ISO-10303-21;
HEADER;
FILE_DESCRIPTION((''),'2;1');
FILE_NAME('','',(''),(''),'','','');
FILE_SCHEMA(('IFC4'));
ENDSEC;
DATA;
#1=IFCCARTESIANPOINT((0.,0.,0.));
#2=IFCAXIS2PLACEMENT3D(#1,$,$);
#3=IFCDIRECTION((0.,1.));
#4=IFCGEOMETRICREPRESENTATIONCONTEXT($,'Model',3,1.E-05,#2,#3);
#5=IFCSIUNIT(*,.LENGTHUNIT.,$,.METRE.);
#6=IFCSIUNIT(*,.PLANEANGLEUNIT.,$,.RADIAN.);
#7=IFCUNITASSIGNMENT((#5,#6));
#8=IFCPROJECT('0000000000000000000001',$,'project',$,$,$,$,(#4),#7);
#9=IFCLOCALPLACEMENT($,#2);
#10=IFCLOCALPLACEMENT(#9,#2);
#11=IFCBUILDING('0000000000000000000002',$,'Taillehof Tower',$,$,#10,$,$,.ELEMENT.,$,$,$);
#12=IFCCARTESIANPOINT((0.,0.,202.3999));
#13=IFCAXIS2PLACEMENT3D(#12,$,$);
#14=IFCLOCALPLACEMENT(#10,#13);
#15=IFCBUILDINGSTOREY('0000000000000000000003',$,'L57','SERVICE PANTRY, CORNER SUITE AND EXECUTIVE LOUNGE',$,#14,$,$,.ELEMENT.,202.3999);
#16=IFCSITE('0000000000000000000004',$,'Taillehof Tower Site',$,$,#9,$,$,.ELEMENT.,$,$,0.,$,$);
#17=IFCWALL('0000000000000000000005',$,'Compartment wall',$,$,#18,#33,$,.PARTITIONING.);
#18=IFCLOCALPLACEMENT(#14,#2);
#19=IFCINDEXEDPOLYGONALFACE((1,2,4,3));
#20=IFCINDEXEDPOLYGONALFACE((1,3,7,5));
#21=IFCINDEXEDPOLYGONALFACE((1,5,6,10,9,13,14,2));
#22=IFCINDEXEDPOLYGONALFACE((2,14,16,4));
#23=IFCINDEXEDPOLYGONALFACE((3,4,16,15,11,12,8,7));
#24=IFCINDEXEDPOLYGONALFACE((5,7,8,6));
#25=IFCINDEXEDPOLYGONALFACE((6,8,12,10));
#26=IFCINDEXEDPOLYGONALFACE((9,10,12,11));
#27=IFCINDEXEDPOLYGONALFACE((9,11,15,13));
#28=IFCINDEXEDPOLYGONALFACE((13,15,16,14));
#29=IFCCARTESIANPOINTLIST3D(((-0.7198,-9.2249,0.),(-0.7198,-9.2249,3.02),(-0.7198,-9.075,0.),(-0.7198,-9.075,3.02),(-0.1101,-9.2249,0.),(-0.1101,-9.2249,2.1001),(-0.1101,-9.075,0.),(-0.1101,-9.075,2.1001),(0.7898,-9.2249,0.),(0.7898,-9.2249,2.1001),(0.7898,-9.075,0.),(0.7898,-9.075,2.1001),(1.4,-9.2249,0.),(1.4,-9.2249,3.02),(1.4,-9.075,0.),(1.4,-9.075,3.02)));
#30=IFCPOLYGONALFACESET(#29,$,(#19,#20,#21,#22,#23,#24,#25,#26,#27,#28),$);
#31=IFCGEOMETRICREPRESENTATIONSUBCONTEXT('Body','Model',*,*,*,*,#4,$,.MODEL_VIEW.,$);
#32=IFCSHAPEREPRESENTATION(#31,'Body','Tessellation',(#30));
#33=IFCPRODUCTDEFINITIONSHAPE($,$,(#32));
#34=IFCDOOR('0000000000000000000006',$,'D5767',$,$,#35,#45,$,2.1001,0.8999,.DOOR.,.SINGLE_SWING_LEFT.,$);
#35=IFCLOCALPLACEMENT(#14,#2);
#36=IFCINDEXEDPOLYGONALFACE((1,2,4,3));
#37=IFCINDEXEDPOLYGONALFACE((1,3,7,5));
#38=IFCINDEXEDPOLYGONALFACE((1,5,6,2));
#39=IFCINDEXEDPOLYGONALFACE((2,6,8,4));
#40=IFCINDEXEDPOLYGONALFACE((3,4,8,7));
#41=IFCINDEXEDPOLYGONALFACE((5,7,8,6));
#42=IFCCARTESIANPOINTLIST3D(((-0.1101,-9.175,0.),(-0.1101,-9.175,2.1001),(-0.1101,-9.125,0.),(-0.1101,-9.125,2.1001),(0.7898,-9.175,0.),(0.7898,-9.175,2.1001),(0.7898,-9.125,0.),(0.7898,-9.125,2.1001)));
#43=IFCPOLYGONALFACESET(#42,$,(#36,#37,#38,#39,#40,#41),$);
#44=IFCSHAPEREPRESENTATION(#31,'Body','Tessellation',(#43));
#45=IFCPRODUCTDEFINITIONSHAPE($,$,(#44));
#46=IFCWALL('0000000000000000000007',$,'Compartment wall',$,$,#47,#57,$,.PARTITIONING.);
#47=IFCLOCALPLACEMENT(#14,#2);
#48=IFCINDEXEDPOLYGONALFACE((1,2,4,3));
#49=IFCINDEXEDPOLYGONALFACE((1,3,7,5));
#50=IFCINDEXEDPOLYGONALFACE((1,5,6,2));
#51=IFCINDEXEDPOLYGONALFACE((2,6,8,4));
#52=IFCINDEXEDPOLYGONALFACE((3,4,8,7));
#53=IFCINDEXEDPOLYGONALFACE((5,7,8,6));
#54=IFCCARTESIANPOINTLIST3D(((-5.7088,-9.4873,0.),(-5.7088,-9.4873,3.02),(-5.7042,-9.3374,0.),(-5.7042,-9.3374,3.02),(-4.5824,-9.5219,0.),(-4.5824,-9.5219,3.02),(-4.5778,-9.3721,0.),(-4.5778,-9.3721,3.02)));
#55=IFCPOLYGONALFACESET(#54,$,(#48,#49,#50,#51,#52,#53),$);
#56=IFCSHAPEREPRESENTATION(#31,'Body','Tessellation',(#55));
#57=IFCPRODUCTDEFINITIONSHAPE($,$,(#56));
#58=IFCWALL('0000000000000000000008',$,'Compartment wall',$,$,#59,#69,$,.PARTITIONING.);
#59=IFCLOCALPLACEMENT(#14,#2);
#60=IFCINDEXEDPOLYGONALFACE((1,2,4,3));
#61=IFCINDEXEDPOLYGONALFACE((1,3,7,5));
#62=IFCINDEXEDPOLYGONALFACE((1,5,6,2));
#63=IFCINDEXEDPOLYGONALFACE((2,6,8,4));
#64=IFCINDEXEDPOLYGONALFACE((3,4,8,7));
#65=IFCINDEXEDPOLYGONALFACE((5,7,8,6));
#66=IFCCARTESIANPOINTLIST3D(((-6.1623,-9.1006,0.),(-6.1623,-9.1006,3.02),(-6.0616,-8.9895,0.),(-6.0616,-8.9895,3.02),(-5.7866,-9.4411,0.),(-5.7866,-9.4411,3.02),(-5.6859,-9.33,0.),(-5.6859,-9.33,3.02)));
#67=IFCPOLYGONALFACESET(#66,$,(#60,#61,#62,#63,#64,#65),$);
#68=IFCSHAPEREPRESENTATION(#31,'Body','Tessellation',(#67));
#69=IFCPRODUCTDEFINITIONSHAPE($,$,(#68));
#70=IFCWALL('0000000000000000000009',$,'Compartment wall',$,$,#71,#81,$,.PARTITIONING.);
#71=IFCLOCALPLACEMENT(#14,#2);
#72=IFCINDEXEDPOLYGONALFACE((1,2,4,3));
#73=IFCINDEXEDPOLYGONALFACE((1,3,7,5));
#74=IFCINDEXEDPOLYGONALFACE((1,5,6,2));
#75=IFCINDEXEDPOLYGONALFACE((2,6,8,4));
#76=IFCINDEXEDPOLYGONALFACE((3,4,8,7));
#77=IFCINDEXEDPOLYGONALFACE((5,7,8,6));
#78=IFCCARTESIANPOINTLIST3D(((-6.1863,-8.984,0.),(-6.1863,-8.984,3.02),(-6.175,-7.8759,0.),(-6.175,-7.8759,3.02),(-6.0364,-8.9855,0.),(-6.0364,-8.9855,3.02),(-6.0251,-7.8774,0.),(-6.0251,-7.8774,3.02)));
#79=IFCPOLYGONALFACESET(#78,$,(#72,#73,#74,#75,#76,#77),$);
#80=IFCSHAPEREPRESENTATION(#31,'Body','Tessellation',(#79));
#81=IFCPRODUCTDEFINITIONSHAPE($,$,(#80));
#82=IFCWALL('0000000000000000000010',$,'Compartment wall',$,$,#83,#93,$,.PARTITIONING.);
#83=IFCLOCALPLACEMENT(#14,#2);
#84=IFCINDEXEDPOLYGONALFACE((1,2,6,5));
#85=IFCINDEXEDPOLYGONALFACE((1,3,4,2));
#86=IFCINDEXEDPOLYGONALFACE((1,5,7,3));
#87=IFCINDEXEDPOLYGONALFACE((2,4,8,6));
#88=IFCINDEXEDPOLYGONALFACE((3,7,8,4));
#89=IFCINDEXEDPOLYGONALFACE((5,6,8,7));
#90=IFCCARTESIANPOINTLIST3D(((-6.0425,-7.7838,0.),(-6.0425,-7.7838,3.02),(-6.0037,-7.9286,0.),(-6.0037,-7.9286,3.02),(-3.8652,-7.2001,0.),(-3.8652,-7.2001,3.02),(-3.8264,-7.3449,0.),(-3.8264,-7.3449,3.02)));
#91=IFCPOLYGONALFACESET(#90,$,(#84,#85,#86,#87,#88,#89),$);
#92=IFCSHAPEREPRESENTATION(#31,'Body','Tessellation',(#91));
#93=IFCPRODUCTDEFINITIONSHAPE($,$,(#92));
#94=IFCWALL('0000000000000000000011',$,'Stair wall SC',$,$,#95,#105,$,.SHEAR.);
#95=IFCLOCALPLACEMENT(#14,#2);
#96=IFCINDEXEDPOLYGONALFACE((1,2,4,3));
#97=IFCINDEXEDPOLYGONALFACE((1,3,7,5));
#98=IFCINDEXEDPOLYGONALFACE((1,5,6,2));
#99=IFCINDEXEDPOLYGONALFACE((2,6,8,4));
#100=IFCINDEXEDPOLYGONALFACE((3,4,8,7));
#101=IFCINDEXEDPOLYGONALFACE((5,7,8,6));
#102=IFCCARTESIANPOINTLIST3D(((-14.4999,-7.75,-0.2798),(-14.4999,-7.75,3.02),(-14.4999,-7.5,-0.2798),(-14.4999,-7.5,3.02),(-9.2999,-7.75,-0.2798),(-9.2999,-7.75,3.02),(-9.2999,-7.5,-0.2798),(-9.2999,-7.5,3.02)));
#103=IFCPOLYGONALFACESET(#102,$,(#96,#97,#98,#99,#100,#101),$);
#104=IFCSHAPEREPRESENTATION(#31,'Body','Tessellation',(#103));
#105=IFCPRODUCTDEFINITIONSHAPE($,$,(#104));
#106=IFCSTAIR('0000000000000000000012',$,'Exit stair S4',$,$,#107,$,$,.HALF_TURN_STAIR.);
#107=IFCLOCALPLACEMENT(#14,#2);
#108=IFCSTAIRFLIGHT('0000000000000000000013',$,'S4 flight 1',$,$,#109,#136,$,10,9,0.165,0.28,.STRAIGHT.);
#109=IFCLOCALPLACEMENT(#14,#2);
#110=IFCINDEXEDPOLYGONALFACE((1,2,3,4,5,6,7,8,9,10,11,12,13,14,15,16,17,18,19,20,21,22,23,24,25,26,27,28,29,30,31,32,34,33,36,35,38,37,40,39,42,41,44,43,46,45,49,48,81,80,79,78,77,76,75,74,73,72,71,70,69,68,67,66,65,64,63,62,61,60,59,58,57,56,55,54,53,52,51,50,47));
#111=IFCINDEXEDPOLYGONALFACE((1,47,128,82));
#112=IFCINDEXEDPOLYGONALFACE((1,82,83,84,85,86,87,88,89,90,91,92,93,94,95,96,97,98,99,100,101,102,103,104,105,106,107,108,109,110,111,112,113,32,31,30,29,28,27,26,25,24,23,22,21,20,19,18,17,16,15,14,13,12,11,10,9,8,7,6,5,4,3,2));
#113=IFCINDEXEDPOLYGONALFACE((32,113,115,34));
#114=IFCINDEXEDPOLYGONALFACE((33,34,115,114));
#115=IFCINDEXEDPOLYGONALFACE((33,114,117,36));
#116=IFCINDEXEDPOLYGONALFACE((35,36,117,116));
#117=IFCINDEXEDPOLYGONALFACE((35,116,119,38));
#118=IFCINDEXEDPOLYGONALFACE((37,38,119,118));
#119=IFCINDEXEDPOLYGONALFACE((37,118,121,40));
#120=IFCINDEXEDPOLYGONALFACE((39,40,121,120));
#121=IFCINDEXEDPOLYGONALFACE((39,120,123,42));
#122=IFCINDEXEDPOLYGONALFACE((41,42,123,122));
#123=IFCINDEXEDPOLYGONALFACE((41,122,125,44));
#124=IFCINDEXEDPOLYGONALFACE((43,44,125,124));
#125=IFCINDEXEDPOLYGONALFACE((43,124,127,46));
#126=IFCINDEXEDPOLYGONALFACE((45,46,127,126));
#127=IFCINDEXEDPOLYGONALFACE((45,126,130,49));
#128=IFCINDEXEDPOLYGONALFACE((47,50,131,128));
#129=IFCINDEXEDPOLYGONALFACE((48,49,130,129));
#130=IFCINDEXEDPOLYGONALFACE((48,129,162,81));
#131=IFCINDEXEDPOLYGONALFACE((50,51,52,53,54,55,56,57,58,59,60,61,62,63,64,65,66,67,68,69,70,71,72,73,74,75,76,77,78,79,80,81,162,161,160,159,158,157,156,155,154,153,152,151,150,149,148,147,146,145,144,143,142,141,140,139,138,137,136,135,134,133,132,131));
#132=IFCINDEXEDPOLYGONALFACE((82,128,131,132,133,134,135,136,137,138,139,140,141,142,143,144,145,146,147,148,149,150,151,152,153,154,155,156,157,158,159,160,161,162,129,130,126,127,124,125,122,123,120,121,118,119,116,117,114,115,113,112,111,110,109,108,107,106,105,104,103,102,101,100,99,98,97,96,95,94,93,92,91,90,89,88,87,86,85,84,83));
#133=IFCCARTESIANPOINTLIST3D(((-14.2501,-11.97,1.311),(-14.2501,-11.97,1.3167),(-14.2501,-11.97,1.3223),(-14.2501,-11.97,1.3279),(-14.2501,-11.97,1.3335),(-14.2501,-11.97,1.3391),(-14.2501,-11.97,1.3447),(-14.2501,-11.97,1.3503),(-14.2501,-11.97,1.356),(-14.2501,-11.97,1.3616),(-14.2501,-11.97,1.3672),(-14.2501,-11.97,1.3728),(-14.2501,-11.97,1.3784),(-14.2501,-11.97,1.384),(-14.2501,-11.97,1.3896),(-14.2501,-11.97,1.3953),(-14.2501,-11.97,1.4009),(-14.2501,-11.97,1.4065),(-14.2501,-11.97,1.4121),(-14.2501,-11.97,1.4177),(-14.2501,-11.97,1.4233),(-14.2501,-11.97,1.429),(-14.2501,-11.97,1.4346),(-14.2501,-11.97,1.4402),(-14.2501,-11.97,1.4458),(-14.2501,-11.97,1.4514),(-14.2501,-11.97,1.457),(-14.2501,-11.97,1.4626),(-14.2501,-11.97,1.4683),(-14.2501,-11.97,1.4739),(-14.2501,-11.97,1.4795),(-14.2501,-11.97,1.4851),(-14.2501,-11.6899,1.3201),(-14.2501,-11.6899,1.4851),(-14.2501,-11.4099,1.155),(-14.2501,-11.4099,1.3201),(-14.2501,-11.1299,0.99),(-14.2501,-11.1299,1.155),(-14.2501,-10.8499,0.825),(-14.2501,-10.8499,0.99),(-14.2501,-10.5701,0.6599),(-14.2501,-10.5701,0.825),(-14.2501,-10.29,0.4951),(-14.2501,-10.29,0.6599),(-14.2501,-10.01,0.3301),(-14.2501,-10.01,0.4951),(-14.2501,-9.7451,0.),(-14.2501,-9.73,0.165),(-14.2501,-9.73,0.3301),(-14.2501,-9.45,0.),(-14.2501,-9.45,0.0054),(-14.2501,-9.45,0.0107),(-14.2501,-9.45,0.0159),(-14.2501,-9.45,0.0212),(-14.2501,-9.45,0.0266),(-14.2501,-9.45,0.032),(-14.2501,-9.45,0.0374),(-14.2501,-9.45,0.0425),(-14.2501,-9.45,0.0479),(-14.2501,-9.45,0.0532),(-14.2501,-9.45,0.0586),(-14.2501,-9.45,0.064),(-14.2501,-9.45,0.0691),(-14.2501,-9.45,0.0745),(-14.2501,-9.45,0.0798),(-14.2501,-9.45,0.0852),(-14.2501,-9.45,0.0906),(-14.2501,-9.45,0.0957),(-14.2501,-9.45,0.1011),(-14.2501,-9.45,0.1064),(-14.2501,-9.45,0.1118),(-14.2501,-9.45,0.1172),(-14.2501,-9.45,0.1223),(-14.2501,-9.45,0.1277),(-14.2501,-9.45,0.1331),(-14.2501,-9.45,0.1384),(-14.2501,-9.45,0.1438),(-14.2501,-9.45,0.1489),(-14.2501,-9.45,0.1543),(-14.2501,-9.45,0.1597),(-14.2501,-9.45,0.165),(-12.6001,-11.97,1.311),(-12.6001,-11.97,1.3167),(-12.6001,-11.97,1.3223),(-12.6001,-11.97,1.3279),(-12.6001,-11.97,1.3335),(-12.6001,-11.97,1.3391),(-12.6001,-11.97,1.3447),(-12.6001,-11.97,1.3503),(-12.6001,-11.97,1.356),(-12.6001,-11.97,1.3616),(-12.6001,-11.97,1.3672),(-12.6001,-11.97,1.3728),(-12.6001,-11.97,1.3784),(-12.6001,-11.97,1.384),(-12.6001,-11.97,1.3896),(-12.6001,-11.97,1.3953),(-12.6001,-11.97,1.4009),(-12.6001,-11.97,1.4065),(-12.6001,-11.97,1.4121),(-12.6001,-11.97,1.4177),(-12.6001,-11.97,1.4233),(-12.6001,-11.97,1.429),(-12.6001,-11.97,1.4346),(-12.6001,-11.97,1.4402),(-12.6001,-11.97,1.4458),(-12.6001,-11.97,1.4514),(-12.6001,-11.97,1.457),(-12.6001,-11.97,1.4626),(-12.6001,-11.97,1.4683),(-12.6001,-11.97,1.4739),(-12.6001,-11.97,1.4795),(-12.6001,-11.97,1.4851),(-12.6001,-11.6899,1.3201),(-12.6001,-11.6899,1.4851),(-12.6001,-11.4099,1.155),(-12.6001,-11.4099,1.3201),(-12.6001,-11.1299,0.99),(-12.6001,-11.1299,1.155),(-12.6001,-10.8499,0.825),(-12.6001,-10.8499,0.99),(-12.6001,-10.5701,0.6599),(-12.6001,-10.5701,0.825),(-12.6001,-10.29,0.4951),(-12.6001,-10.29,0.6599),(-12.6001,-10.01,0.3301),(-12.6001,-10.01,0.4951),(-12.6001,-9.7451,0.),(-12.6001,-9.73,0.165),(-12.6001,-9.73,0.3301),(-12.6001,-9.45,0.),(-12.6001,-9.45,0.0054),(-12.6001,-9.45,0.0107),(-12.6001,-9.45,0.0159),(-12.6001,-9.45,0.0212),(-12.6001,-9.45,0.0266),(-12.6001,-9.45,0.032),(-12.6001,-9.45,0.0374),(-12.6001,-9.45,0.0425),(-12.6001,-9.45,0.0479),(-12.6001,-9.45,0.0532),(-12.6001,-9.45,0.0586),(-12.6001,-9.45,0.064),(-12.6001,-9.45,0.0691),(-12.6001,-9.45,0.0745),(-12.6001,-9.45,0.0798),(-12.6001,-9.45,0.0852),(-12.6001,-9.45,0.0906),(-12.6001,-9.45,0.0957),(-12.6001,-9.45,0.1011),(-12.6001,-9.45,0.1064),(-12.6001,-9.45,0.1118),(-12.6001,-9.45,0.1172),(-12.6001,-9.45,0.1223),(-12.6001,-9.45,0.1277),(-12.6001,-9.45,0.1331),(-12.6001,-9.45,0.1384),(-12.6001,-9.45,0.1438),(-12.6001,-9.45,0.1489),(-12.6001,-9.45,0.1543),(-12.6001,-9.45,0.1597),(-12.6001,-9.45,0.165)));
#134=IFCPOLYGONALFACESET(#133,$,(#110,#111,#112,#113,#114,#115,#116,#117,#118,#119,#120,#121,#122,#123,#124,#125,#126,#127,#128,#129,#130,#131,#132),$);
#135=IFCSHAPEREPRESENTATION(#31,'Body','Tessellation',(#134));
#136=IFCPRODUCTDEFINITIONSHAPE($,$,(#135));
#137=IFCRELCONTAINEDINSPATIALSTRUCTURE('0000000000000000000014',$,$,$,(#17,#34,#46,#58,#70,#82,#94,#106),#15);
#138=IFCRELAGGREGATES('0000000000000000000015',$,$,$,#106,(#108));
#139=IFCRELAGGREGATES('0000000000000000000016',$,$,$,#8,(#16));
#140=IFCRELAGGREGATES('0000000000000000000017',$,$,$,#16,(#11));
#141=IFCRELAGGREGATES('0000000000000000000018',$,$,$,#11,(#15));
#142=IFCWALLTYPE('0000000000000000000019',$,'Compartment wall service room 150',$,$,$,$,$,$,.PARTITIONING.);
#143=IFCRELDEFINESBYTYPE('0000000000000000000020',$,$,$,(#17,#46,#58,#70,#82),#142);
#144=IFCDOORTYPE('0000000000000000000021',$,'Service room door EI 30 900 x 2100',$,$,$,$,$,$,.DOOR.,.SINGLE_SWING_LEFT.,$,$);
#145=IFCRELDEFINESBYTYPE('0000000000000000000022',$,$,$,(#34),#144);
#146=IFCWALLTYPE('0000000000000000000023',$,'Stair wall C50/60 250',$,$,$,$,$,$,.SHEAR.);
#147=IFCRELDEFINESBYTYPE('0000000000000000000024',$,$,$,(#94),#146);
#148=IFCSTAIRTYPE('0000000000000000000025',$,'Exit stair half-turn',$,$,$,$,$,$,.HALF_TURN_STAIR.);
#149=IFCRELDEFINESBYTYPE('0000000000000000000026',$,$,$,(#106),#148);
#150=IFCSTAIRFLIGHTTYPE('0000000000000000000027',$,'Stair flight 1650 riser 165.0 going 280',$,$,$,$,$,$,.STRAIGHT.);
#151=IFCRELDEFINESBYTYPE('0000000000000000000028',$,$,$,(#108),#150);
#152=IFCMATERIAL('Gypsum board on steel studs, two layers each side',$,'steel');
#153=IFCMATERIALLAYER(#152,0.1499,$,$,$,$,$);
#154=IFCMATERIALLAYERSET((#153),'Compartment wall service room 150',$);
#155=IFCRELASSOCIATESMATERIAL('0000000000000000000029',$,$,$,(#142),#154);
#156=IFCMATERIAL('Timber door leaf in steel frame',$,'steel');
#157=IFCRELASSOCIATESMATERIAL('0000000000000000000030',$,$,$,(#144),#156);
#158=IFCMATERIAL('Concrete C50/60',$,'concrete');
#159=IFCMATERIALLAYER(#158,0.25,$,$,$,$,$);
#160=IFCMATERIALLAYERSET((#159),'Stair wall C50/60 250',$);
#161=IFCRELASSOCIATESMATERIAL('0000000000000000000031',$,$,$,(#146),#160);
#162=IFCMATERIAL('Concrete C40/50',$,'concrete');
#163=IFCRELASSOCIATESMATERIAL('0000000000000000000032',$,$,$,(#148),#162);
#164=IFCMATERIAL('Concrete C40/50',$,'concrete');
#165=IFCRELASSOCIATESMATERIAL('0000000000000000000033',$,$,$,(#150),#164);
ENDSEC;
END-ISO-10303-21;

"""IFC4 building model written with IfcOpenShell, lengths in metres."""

from ifc_helpers import new_model, si_unit, direction, frame, frame_2d, origin, place, context, subcontext, project, spatial, polyline, rectangle, outline, extrude, material, layer, layer_set, type_object, element, fill, aggregate, save


model = new_model("IFC4")

# Units and contexts
model_context = context("Model", 3, precision=1e-05, world=origin(), true_north=direction((0.0, 1.0)))
body_context = subcontext(model_context, "Body", "Model", "MODEL_VIEW")
ifc_project = project(units=[si_unit("LENGTHUNIT", "METRE"), si_unit("PLANEANGLEUNIT", "RADIAN")], contexts=[model_context])

# Site, building, storey
site_placement = place(None, origin())
site = spatial("IfcSite", under=ifc_project, at=site_placement, Name="Taillehof Tower Site", CompositionType="ELEMENT", RefElevation=0.0)
building_placement = place(site_placement, origin())
building = spatial("IfcBuilding", under=site, at=building_placement, Name="Taillehof Tower", CompositionType="ELEMENT")
storey_placement = place(building_placement, frame((0.0, 0.0, 202.3999)))
storey = spatial("IfcBuildingStorey", under=building, at=storey_placement, Name="L57", Description="SERVICE PANTRY, CORNER SUITE AND EXECUTIVE LOUNGE", CompositionType="ELEMENT", Elevation=202.3999)

# Shared definitions
ifc_material_1 = material(Name="Gypsum board on steel studs, two layers each side", Category="steel")
ifc_layer_1 = layer(ifc_material_1, 0.1499)
ifc_layer_set_1 = layer_set([ifc_layer_1], Name="Compartment wall service room 150")
wall_type_1 = type_object("IfcWallType", Name="Compartment wall service room 150", PredefinedType="PARTITIONING", material=ifc_layer_set_1)

# Wall, opening, door
wall_1_placement = place(storey_placement, frame((-0.72, -9.1499, 0.0), z_axis=(0.0, 0.0, 1.0), x_axis=(1.0, 0.0, 0.0)))
wall_1 = element("IfcWall", 1, at=wall_1_placement, inside=storey, type_object=wall_type_1, Name="Compartment wall", PredefinedType="PARTITIONING", context=body_context, shape_type="SweptSolid", body=[
    extrude(rectangle(XDim=2.1199, YDim=0.1499, at=frame_2d((1.0601, 0.0))), origin(), (0.0, 0.0, 1.0), 3.02),
])
opening_placement = place(wall_1_placement, frame((0.6099, 0.0, 0.0)))
opening = element("IfcOpeningElement", 2, at=opening_placement, cuts=wall_1, PredefinedType="OPENING", context=body_context, shape_type="SweptSolid", body=[
    extrude(rectangle(XDim=0.8999, YDim=2.1001, at=frame_2d((0.45, 1.05))), frame((0.0, 0.085, 0.0), z_axis=(0.0, -1.0, 0.0), x_axis=(1.0, 0.0, 0.0)), (0.0, 0.0, 1.0), 0.1699),
])
ifc_material_2 = material(Name="Timber door leaf in steel frame", Category="steel")
door_type = type_object("IfcDoorType", Name="Service room door EI 30 900 x 2100", OperationType="SINGLE_SWING_LEFT", PredefinedType="DOOR", material=ifc_material_2)
door_placement = place(opening_placement, origin())
door = element("IfcDoor", 3, at=door_placement, inside=storey, type_object=door_type, Name="D5767", OperationType="SINGLE_SWING_LEFT", OverallHeight=2.1001, OverallWidth=0.8999, PredefinedType="DOOR", context=body_context, shape_type="SweptSolid", body=[
    extrude(rectangle(XDim=0.8999, YDim=2.1001, at=frame_2d((0.45, 1.05))), frame((0.0, 0.0249, 0.0), z_axis=(0.0, -1.0, 0.0), x_axis=(1.0, 0.0, 0.0)), (0.0, 0.0, 1.0), 0.05),
])
fill(opening, door)

# Walls
wall_2_placement = place(storey_placement, frame((-4.5801, -9.447, 0.0), z_axis=(0.0, 0.0, 1.0), x_axis=(-0.999527, 0.030761, 0.0)))
element("IfcWall", 4, at=wall_2_placement, inside=storey, type_object=wall_type_1, Name="Compartment wall", PredefinedType="PARTITIONING", context=body_context, shape_type="SweptSolid", body=[
    extrude(rectangle(XDim=1.127, YDim=0.1499, at=frame_2d((0.5635, 0.0))), origin(), (0.0, 0.0, 1.0), 3.02),
])
wall_3_placement = place(storey_placement, frame((-5.7363, -9.3855, 0.0), z_axis=(0.0, 0.0, 1.0), x_axis=(-0.74092, 0.671594, 0.0)))
element("IfcWall", 5, at=wall_3_placement, inside=storey, type_object=wall_type_1, Name="Compartment wall", PredefinedType="PARTITIONING", context=body_context, shape_type="SweptSolid", body=[
    extrude(rectangle(XDim=0.5071, YDim=0.1499, at=frame_2d((0.2534, 0.0))), origin(), (0.0, 0.0, 1.0), 3.02),
])
wall_4_placement = place(storey_placement, frame((-6.1113, -8.9849, 0.0), z_axis=(0.0, 0.0, 1.0), x_axis=(0.010134, 0.999949, 0.0)))
element("IfcWall", 6, at=wall_4_placement, inside=storey, type_object=wall_type_1, Name="Compartment wall", PredefinedType="PARTITIONING", context=body_context, shape_type="SweptSolid", body=[
    extrude(rectangle(XDim=1.1082, YDim=0.1499, at=frame_2d((0.5542, 0.0))), origin(), (0.0, 0.0, 1.0), 3.02),
])
wall_5_placement = place(storey_placement, frame((-6.0229, -7.8562, 0.0), z_axis=(0.0, 0.0, 1.0), x_axis=(0.965887, 0.258963, 0.0)))
element("IfcWall", 7, at=wall_5_placement, inside=storey, type_object=wall_type_1, Name="Compartment wall", PredefinedType="PARTITIONING", context=body_context, shape_type="SweptSolid", body=[
    extrude(rectangle(XDim=2.2542, YDim=0.1499, at=frame_2d((1.127, 0.0))), origin(), (0.0, 0.0, 1.0), 3.02),
])
ifc_material_3 = material(Name="Concrete C50/60", Category="concrete")
ifc_layer_2 = layer(ifc_material_3, 0.25)
ifc_layer_set_2 = layer_set([ifc_layer_2], Name="Stair wall C50/60 250")
wall_type_2 = type_object("IfcWallType", Name="Stair wall C50/60 250", PredefinedType="SHEAR", material=ifc_layer_set_2)
wall_6_placement = place(storey_placement, frame((-14.5, -7.625, -0.2798), z_axis=(0.0, 0.0, 1.0), x_axis=(1.0, 0.0, 0.0)))
element("IfcWall", 8, at=wall_6_placement, inside=storey, type_object=wall_type_2, Name="Stair wall SC", PredefinedType="SHEAR", context=body_context, shape_type="SweptSolid", body=[
    extrude(rectangle(XDim=5.2, YDim=0.25, at=frame_2d((2.6001, 0.0))), origin(), (0.0, 0.0, 1.0), 3.2998),
])

# Stair, stair flight
ifc_material_4 = material(Name="Concrete C40/50", Category="concrete")
stair_type = type_object("IfcStairType", Name="Exit stair half-turn", PredefinedType="HALF_TURN_STAIR", material=ifc_material_4)
stair_placement = place(storey_placement, origin())
stair = element("IfcStair", 9, at=stair_placement, inside=storey, type_object=stair_type, Name="Exit stair S4", PredefinedType="HALF_TURN_STAIR")
ifc_material_5 = material(Name="Concrete C40/50", Category="concrete")
stair_flight_type = type_object("IfcStairFlightType", Name="Stair flight 1650 riser 165.0 going 280", PredefinedType="STRAIGHT", material=ifc_material_5)
stair_flight_placement = place(storey_placement, frame((-13.425, -9.45, 0.0), z_axis=(0.0, 0.0, 1.0), x_axis=(0.0, -1.0, 0.0)))
stair_flight = element("IfcStairFlight", 10, at=stair_flight_placement, type_object=stair_flight_type, Name="S4 flight 1", NumberOfRisers=10, NumberOfTreads=9, PredefinedType="STRAIGHT", RiserHeight=0.165, TreadLength=0.28, context=body_context, shape_type="SweptSolid", body=[
    extrude(outline(polyline([(0.0, 0.0), (0.0, 0.0054), (0.0, 0.0107), (0.0, 0.0159), (0.0, 0.0212), (0.0, 0.0266), (0.0, 0.032), (0.0, 0.0374), (0.0, 0.0425), (0.0, 0.0479), (0.0, 0.0532), (0.0, 0.0586), (0.0, 0.064), (0.0, 0.0691), (0.0, 0.0745), (0.0, 0.0798), (0.0, 0.0852), (0.0, 0.0906), (0.0, 0.0957), (0.0, 0.1011), (0.0, 0.1064), (0.0, 0.1118), (0.0, 0.1172), (0.0, 0.1223), (0.0, 0.1277), (0.0, 0.1331), (0.0, 0.1384), (0.0, 0.1438), (0.0, 0.1489), (0.0, 0.1543), (0.0, 0.1597), (0.0, 0.165), (0.28, 0.165), (0.28, 0.3301), (0.5601, 0.3301), (0.5601, 0.4951), (0.8401, 0.4951), (0.8401, 0.6599), (1.1201, 0.6599), (1.1201, 0.825), (1.3999, 0.825), (1.3999, 0.99), (1.6799, 0.99), (1.6799, 1.155), (1.96, 1.155), (1.96, 1.3201), (2.24, 1.3201), (2.24, 1.4851), (2.52, 1.4851), (2.52, 1.4795), (2.52, 1.4739), (2.52, 1.4683), (2.52, 1.4626), (2.52, 1.457), (2.52, 1.4514), (2.52, 1.4458), (2.52, 1.4402), (2.52, 1.4346), (2.52, 1.429), (2.52, 1.4233), (2.52, 1.4177), (2.52, 1.4121), (2.52, 1.4065), (2.52, 1.4009), (2.52, 1.3953), (2.52, 1.3896), (2.52, 1.384), (2.52, 1.3784), (2.52, 1.3728), (2.52, 1.3672), (2.52, 1.3616), (2.52, 1.356), (2.52, 1.3503), (2.52, 1.3447), (2.52, 1.3391), (2.52, 1.3335), (2.52, 1.3279), (2.52, 1.3223), (2.52, 1.3167), (2.52, 1.311), (0.2952, 0.0), (0.0, 0.0)])), frame((0.0, 0.825, 0.0), z_axis=(0.0, -1.0, 0.0), x_axis=(1.0, 0.0, 0.0)), (0.0, 0.0, 1.0), 1.65),
])
aggregate(stair, [stair_flight])

save(model, "model.ifc")
